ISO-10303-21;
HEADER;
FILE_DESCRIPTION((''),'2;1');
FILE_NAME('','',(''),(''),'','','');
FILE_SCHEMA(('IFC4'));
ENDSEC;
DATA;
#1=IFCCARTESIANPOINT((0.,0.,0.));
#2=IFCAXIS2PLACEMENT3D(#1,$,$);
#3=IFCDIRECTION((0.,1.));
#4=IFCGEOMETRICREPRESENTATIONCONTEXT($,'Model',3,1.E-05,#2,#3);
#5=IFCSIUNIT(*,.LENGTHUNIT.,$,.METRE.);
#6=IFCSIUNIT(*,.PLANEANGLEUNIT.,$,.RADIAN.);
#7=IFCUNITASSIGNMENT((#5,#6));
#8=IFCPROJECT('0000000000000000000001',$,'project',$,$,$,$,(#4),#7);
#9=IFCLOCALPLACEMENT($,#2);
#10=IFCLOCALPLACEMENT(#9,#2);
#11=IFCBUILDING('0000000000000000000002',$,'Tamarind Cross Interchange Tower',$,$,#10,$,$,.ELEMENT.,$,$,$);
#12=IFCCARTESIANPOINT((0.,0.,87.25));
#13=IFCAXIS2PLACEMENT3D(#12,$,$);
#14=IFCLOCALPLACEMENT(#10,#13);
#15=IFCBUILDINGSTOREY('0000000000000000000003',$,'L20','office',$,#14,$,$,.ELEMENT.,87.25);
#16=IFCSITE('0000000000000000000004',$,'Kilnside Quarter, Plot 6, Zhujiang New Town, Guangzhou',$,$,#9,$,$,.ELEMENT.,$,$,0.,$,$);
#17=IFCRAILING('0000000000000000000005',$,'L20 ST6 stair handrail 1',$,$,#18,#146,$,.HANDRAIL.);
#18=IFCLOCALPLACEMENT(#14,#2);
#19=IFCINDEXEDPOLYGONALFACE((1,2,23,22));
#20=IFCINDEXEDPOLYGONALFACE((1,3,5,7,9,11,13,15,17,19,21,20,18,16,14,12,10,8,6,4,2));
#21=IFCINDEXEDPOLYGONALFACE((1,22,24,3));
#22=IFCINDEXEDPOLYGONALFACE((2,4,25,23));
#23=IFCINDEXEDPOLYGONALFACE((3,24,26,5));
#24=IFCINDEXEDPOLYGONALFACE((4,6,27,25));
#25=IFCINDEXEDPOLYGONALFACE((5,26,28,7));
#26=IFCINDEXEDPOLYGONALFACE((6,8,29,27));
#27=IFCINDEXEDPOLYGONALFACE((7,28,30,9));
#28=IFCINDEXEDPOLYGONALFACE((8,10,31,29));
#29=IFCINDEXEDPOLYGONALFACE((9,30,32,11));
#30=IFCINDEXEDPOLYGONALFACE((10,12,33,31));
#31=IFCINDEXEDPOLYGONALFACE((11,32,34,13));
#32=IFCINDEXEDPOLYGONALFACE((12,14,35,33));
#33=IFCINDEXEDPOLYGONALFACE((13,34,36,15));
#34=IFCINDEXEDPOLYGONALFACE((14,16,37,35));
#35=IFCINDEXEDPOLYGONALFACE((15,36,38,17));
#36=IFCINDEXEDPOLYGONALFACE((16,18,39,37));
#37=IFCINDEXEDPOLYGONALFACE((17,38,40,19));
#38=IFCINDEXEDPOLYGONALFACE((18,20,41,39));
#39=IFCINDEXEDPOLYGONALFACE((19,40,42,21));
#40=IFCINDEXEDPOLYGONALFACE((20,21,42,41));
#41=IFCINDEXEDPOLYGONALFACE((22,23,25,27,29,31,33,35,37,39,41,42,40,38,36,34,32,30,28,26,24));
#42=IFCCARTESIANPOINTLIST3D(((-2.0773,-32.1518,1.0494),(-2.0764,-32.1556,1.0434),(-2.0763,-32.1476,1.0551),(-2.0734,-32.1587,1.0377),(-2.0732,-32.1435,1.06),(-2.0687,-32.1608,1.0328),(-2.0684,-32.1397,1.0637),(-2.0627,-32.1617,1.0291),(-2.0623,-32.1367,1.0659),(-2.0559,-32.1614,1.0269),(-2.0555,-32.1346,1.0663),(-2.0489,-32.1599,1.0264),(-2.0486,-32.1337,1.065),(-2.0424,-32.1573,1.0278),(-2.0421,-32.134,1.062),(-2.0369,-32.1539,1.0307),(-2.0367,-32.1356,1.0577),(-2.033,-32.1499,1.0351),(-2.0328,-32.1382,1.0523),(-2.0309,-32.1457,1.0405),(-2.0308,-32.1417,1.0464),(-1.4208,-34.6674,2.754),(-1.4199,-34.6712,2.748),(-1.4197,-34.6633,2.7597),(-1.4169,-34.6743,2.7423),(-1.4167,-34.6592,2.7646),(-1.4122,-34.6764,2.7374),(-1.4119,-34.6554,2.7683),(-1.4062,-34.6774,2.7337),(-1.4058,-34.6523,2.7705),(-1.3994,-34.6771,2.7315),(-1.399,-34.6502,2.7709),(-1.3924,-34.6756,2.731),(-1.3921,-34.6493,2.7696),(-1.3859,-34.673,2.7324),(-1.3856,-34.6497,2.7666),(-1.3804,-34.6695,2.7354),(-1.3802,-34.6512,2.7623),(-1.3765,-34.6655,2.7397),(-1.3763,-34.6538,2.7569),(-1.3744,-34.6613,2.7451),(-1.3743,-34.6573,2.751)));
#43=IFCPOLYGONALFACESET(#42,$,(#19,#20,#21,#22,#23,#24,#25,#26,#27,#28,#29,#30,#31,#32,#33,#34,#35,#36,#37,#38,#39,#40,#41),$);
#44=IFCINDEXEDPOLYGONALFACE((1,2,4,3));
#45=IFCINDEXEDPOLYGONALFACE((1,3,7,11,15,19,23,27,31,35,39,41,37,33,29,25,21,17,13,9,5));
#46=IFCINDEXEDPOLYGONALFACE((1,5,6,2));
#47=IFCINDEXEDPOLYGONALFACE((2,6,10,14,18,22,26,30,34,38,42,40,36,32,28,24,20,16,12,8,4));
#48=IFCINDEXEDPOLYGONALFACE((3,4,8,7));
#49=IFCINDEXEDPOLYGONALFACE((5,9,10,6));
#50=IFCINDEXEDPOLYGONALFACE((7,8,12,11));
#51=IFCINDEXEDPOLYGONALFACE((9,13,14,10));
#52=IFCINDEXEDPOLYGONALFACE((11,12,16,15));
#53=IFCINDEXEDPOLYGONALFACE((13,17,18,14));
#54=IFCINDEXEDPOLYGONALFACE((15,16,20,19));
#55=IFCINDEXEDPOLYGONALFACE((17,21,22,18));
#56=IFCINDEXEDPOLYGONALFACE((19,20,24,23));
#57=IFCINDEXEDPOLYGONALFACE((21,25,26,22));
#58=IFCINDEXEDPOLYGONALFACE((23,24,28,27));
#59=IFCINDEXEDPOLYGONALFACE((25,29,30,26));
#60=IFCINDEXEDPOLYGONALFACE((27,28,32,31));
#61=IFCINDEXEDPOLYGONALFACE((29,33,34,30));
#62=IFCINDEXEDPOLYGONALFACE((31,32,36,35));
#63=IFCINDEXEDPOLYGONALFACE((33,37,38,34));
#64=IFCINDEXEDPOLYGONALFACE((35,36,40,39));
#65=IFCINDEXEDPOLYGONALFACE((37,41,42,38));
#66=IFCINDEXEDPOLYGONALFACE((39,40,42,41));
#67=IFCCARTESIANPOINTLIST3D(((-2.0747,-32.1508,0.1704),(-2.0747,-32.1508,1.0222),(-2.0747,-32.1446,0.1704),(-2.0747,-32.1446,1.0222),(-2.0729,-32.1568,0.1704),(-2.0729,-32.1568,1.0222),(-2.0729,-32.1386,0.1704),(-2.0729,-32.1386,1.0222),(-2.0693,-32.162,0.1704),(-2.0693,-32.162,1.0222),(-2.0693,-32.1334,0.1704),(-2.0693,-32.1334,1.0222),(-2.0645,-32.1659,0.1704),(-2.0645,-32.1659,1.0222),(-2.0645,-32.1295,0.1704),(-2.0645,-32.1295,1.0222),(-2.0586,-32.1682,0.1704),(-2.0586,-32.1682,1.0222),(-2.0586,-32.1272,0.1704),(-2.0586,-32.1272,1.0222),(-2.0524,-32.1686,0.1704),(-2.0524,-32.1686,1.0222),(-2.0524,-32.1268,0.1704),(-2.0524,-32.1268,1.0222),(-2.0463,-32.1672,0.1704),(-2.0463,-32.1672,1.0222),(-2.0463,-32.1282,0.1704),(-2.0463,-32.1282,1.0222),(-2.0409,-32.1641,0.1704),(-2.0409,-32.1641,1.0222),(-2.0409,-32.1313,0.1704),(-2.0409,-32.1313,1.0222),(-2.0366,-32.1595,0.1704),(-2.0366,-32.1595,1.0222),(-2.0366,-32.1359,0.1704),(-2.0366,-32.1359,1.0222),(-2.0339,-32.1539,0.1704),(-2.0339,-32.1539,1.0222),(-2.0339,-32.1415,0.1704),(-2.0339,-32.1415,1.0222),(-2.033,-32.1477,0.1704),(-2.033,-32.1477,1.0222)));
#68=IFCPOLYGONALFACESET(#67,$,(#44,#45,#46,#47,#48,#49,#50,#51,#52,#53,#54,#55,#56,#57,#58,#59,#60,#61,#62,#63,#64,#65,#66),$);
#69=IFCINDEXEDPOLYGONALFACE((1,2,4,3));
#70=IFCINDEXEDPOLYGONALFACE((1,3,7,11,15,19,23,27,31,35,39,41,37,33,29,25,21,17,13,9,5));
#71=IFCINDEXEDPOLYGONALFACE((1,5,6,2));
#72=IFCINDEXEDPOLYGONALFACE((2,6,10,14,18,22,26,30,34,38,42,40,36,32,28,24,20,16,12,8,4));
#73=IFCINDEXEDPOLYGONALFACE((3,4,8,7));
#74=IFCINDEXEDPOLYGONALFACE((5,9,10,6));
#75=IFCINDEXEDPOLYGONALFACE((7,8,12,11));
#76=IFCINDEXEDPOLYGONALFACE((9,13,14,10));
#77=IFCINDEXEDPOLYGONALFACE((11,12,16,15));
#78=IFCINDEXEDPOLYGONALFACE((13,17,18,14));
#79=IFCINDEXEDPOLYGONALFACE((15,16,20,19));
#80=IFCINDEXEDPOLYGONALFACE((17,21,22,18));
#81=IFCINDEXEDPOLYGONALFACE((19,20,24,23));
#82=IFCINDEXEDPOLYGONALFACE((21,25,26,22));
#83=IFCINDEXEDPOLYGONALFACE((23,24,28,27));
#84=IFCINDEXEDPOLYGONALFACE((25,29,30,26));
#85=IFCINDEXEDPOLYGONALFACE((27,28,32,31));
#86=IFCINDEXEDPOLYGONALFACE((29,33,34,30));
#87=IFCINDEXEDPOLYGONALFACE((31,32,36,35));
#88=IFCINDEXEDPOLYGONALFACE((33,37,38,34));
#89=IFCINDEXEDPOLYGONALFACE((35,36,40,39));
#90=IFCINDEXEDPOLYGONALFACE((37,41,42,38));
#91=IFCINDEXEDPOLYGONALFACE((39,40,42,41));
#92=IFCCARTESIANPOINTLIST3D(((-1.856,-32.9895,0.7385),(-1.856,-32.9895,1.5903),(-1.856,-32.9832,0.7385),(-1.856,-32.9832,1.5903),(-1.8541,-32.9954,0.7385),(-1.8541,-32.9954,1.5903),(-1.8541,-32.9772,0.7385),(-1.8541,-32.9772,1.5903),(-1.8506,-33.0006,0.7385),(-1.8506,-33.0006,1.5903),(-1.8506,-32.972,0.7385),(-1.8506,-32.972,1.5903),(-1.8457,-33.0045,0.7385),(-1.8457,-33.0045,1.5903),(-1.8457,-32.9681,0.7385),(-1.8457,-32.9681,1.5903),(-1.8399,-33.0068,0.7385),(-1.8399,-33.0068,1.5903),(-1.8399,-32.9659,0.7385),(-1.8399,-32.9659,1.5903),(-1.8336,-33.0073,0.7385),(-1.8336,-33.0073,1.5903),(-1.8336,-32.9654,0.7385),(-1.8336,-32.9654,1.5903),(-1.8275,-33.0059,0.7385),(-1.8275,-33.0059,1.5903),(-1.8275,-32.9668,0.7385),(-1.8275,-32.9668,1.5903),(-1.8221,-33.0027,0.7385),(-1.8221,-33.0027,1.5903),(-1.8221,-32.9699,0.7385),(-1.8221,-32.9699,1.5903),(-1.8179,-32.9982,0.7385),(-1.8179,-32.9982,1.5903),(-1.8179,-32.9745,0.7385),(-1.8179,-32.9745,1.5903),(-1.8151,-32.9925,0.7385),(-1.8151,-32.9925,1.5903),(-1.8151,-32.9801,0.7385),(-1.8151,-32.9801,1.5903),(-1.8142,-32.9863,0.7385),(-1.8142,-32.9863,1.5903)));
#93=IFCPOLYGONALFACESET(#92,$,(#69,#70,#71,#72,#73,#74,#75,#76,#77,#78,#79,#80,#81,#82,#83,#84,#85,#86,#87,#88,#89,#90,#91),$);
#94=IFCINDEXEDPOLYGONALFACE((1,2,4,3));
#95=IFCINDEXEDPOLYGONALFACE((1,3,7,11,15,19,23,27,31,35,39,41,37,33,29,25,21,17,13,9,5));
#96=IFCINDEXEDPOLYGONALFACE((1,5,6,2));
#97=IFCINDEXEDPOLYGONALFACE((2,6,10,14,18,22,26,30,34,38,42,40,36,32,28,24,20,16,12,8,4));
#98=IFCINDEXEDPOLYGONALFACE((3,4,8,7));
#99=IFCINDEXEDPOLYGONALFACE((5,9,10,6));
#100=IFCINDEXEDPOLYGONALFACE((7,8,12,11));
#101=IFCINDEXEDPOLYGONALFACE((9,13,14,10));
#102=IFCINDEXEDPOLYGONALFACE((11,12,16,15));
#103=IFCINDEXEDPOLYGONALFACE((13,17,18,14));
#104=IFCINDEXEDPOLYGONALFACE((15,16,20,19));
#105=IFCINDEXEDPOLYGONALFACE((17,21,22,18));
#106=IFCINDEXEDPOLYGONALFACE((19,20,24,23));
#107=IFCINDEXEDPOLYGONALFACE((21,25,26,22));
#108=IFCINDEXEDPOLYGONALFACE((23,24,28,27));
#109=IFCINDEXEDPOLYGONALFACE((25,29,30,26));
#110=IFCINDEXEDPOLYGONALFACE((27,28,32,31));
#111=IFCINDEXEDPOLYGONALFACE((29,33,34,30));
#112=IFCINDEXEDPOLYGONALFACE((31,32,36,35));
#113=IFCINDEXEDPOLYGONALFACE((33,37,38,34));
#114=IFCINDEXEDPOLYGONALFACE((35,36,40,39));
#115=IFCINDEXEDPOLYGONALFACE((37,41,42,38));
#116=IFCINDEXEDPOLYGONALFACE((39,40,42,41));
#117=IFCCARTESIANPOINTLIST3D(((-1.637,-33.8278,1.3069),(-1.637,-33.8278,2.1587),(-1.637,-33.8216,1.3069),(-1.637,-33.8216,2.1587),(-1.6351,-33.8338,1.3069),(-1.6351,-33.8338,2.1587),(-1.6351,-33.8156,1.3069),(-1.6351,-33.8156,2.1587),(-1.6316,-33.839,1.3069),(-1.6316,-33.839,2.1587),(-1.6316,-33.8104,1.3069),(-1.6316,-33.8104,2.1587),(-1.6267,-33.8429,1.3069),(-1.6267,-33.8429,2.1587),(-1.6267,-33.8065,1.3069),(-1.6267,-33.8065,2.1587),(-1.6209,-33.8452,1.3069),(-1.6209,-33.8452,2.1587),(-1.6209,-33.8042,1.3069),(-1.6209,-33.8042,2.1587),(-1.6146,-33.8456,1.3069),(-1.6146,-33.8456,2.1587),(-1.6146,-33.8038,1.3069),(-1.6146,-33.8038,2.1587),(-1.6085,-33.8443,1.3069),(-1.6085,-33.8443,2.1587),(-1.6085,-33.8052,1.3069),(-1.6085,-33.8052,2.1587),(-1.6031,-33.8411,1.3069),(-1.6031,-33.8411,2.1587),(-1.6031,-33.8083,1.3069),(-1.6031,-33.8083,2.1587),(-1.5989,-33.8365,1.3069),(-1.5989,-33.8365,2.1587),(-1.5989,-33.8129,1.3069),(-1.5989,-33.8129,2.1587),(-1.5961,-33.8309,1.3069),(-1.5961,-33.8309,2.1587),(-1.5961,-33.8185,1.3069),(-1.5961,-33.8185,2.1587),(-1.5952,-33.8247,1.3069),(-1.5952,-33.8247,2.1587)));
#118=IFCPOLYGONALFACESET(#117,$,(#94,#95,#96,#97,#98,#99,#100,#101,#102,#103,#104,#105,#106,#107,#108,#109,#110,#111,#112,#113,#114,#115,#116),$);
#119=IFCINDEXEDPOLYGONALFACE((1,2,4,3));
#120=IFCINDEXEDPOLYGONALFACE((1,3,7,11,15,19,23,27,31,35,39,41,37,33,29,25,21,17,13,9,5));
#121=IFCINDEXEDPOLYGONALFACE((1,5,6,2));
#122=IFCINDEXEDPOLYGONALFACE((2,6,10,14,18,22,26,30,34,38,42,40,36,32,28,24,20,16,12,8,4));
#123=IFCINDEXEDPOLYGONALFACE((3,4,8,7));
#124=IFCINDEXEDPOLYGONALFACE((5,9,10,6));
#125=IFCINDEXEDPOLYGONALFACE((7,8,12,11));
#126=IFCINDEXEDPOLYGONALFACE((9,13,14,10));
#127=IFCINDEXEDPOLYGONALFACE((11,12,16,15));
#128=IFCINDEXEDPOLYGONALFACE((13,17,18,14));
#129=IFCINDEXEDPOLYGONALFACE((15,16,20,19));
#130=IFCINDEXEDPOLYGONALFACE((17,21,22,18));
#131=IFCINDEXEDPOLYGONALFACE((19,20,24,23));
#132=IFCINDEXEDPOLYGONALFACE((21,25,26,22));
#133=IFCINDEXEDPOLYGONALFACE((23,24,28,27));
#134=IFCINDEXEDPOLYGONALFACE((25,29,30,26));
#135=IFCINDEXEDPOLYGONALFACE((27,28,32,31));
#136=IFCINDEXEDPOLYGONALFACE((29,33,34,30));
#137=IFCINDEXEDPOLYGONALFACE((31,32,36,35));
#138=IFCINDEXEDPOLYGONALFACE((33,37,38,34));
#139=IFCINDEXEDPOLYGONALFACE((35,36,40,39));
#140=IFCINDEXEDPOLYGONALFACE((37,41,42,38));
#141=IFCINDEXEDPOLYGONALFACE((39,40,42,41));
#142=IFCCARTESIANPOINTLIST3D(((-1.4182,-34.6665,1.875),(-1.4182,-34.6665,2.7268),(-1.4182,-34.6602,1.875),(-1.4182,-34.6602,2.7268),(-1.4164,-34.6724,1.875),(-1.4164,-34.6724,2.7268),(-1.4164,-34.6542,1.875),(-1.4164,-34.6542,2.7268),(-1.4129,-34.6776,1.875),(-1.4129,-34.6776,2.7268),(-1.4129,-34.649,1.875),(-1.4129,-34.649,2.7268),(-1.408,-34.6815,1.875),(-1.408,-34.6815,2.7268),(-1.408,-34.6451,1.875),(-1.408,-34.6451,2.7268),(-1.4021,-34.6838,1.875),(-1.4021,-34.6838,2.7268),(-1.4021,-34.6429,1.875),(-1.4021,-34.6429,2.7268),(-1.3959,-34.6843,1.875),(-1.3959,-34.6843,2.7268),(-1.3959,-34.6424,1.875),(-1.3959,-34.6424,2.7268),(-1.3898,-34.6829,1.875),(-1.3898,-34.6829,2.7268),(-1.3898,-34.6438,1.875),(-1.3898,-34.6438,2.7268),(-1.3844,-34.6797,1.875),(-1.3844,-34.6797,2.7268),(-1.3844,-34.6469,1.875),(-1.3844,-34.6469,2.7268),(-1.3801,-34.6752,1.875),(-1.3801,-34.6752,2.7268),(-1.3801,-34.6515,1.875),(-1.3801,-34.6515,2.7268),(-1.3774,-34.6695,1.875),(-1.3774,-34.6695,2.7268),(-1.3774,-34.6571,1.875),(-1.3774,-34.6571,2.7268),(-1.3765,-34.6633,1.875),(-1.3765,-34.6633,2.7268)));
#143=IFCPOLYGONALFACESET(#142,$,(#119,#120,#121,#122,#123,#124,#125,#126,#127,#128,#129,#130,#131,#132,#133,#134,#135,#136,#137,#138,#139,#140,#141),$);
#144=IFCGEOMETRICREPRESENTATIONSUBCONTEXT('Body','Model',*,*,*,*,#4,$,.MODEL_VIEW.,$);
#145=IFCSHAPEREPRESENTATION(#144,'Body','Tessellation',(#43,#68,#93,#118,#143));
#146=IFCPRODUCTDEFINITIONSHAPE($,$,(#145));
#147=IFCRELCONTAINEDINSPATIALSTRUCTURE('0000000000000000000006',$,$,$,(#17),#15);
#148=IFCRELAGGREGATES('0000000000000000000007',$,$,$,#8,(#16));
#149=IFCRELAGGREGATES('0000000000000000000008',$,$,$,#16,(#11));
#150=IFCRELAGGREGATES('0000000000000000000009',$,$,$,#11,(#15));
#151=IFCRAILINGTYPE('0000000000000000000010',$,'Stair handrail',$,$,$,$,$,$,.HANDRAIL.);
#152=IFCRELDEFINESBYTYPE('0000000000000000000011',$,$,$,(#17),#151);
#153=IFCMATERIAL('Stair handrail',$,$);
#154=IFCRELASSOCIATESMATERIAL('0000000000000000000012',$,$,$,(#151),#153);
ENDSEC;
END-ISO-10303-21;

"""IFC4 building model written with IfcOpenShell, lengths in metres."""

from ifc_helpers import new_model, si_unit, direction, frame, origin, origin_2d, place, context, subcontext, project, spatial, circle, extrude, material, type_object, element, save


model = new_model("IFC4")

# Units and contexts
model_context = context("Model", 3, precision=1e-05, world=origin(), true_north=direction((0.0, 1.0)))
body_context = subcontext(model_context, "Body", "Model", "MODEL_VIEW")
ifc_project = project(units=[si_unit("LENGTHUNIT", "METRE"), si_unit("PLANEANGLEUNIT", "RADIAN")], contexts=[model_context])

# Site, building, storey
site_placement = place(None, origin())
site = spatial("IfcSite", under=ifc_project, at=site_placement, Name="Kilnside Quarter, Plot 6, Zhujiang New Town, Guangzhou", CompositionType="ELEMENT", RefElevation=0.0)
building_placement = place(site_placement, origin())
building = spatial("IfcBuilding", under=site, at=building_placement, Name="Tamarind Cross Interchange Tower", CompositionType="ELEMENT")
storey_placement = place(building_placement, frame((0.0, 0.0, 87.25)))
storey = spatial("IfcBuildingStorey", under=building, at=storey_placement, Name="L20", Description="office", CompositionType="ELEMENT", Elevation=87.25)

# Railing
ifc_material_1 = material(Name="Stair handrail")
railing_type_1 = type_object("IfcRailingType", Name="Stair handrail", PredefinedType="HANDRAIL", material=ifc_material_1)
railing_1_placement = place(storey_placement, frame((-2.054, -32.1477, 0.1704)))
element("IfcRailing", 1, at=railing_1_placement, inside=storey, type_object=railing_type_1, Name="L20 ST6 stair handrail 1", PredefinedType="HANDRAIL", context=body_context, shape_type="SweptSolid", body=[
    extrude(circle(Radius=0.0239, at=origin_2d()), frame((0.0, 0.0, 0.876), z_axis=(0.211169, -0.809181, 0.548301), x_axis=(0.967594, 0.25251, 0.0)), (0.0, 0.0, 1.0), 3.1089),
    extrude(circle(Radius=0.021, at=origin_2d()), origin(), (0.0, 0.0, 1.0), 0.8518),
    extrude(circle(Radius=0.021, at=origin_2d()), frame((0.2188, -0.8386, 0.5681)), (0.0, 0.0, 1.0), 0.8518),
    extrude(circle(Radius=0.021, at=origin_2d()), frame((0.4377, -1.677, 1.1365)), (0.0, 0.0, 1.0), 0.8518),
    extrude(circle(Radius=0.021, at=origin_2d()), frame((0.6565, -2.5156, 1.7046)), (0.0, 0.0, 1.0), 0.8518),
])

save(model, "model.ifc")
